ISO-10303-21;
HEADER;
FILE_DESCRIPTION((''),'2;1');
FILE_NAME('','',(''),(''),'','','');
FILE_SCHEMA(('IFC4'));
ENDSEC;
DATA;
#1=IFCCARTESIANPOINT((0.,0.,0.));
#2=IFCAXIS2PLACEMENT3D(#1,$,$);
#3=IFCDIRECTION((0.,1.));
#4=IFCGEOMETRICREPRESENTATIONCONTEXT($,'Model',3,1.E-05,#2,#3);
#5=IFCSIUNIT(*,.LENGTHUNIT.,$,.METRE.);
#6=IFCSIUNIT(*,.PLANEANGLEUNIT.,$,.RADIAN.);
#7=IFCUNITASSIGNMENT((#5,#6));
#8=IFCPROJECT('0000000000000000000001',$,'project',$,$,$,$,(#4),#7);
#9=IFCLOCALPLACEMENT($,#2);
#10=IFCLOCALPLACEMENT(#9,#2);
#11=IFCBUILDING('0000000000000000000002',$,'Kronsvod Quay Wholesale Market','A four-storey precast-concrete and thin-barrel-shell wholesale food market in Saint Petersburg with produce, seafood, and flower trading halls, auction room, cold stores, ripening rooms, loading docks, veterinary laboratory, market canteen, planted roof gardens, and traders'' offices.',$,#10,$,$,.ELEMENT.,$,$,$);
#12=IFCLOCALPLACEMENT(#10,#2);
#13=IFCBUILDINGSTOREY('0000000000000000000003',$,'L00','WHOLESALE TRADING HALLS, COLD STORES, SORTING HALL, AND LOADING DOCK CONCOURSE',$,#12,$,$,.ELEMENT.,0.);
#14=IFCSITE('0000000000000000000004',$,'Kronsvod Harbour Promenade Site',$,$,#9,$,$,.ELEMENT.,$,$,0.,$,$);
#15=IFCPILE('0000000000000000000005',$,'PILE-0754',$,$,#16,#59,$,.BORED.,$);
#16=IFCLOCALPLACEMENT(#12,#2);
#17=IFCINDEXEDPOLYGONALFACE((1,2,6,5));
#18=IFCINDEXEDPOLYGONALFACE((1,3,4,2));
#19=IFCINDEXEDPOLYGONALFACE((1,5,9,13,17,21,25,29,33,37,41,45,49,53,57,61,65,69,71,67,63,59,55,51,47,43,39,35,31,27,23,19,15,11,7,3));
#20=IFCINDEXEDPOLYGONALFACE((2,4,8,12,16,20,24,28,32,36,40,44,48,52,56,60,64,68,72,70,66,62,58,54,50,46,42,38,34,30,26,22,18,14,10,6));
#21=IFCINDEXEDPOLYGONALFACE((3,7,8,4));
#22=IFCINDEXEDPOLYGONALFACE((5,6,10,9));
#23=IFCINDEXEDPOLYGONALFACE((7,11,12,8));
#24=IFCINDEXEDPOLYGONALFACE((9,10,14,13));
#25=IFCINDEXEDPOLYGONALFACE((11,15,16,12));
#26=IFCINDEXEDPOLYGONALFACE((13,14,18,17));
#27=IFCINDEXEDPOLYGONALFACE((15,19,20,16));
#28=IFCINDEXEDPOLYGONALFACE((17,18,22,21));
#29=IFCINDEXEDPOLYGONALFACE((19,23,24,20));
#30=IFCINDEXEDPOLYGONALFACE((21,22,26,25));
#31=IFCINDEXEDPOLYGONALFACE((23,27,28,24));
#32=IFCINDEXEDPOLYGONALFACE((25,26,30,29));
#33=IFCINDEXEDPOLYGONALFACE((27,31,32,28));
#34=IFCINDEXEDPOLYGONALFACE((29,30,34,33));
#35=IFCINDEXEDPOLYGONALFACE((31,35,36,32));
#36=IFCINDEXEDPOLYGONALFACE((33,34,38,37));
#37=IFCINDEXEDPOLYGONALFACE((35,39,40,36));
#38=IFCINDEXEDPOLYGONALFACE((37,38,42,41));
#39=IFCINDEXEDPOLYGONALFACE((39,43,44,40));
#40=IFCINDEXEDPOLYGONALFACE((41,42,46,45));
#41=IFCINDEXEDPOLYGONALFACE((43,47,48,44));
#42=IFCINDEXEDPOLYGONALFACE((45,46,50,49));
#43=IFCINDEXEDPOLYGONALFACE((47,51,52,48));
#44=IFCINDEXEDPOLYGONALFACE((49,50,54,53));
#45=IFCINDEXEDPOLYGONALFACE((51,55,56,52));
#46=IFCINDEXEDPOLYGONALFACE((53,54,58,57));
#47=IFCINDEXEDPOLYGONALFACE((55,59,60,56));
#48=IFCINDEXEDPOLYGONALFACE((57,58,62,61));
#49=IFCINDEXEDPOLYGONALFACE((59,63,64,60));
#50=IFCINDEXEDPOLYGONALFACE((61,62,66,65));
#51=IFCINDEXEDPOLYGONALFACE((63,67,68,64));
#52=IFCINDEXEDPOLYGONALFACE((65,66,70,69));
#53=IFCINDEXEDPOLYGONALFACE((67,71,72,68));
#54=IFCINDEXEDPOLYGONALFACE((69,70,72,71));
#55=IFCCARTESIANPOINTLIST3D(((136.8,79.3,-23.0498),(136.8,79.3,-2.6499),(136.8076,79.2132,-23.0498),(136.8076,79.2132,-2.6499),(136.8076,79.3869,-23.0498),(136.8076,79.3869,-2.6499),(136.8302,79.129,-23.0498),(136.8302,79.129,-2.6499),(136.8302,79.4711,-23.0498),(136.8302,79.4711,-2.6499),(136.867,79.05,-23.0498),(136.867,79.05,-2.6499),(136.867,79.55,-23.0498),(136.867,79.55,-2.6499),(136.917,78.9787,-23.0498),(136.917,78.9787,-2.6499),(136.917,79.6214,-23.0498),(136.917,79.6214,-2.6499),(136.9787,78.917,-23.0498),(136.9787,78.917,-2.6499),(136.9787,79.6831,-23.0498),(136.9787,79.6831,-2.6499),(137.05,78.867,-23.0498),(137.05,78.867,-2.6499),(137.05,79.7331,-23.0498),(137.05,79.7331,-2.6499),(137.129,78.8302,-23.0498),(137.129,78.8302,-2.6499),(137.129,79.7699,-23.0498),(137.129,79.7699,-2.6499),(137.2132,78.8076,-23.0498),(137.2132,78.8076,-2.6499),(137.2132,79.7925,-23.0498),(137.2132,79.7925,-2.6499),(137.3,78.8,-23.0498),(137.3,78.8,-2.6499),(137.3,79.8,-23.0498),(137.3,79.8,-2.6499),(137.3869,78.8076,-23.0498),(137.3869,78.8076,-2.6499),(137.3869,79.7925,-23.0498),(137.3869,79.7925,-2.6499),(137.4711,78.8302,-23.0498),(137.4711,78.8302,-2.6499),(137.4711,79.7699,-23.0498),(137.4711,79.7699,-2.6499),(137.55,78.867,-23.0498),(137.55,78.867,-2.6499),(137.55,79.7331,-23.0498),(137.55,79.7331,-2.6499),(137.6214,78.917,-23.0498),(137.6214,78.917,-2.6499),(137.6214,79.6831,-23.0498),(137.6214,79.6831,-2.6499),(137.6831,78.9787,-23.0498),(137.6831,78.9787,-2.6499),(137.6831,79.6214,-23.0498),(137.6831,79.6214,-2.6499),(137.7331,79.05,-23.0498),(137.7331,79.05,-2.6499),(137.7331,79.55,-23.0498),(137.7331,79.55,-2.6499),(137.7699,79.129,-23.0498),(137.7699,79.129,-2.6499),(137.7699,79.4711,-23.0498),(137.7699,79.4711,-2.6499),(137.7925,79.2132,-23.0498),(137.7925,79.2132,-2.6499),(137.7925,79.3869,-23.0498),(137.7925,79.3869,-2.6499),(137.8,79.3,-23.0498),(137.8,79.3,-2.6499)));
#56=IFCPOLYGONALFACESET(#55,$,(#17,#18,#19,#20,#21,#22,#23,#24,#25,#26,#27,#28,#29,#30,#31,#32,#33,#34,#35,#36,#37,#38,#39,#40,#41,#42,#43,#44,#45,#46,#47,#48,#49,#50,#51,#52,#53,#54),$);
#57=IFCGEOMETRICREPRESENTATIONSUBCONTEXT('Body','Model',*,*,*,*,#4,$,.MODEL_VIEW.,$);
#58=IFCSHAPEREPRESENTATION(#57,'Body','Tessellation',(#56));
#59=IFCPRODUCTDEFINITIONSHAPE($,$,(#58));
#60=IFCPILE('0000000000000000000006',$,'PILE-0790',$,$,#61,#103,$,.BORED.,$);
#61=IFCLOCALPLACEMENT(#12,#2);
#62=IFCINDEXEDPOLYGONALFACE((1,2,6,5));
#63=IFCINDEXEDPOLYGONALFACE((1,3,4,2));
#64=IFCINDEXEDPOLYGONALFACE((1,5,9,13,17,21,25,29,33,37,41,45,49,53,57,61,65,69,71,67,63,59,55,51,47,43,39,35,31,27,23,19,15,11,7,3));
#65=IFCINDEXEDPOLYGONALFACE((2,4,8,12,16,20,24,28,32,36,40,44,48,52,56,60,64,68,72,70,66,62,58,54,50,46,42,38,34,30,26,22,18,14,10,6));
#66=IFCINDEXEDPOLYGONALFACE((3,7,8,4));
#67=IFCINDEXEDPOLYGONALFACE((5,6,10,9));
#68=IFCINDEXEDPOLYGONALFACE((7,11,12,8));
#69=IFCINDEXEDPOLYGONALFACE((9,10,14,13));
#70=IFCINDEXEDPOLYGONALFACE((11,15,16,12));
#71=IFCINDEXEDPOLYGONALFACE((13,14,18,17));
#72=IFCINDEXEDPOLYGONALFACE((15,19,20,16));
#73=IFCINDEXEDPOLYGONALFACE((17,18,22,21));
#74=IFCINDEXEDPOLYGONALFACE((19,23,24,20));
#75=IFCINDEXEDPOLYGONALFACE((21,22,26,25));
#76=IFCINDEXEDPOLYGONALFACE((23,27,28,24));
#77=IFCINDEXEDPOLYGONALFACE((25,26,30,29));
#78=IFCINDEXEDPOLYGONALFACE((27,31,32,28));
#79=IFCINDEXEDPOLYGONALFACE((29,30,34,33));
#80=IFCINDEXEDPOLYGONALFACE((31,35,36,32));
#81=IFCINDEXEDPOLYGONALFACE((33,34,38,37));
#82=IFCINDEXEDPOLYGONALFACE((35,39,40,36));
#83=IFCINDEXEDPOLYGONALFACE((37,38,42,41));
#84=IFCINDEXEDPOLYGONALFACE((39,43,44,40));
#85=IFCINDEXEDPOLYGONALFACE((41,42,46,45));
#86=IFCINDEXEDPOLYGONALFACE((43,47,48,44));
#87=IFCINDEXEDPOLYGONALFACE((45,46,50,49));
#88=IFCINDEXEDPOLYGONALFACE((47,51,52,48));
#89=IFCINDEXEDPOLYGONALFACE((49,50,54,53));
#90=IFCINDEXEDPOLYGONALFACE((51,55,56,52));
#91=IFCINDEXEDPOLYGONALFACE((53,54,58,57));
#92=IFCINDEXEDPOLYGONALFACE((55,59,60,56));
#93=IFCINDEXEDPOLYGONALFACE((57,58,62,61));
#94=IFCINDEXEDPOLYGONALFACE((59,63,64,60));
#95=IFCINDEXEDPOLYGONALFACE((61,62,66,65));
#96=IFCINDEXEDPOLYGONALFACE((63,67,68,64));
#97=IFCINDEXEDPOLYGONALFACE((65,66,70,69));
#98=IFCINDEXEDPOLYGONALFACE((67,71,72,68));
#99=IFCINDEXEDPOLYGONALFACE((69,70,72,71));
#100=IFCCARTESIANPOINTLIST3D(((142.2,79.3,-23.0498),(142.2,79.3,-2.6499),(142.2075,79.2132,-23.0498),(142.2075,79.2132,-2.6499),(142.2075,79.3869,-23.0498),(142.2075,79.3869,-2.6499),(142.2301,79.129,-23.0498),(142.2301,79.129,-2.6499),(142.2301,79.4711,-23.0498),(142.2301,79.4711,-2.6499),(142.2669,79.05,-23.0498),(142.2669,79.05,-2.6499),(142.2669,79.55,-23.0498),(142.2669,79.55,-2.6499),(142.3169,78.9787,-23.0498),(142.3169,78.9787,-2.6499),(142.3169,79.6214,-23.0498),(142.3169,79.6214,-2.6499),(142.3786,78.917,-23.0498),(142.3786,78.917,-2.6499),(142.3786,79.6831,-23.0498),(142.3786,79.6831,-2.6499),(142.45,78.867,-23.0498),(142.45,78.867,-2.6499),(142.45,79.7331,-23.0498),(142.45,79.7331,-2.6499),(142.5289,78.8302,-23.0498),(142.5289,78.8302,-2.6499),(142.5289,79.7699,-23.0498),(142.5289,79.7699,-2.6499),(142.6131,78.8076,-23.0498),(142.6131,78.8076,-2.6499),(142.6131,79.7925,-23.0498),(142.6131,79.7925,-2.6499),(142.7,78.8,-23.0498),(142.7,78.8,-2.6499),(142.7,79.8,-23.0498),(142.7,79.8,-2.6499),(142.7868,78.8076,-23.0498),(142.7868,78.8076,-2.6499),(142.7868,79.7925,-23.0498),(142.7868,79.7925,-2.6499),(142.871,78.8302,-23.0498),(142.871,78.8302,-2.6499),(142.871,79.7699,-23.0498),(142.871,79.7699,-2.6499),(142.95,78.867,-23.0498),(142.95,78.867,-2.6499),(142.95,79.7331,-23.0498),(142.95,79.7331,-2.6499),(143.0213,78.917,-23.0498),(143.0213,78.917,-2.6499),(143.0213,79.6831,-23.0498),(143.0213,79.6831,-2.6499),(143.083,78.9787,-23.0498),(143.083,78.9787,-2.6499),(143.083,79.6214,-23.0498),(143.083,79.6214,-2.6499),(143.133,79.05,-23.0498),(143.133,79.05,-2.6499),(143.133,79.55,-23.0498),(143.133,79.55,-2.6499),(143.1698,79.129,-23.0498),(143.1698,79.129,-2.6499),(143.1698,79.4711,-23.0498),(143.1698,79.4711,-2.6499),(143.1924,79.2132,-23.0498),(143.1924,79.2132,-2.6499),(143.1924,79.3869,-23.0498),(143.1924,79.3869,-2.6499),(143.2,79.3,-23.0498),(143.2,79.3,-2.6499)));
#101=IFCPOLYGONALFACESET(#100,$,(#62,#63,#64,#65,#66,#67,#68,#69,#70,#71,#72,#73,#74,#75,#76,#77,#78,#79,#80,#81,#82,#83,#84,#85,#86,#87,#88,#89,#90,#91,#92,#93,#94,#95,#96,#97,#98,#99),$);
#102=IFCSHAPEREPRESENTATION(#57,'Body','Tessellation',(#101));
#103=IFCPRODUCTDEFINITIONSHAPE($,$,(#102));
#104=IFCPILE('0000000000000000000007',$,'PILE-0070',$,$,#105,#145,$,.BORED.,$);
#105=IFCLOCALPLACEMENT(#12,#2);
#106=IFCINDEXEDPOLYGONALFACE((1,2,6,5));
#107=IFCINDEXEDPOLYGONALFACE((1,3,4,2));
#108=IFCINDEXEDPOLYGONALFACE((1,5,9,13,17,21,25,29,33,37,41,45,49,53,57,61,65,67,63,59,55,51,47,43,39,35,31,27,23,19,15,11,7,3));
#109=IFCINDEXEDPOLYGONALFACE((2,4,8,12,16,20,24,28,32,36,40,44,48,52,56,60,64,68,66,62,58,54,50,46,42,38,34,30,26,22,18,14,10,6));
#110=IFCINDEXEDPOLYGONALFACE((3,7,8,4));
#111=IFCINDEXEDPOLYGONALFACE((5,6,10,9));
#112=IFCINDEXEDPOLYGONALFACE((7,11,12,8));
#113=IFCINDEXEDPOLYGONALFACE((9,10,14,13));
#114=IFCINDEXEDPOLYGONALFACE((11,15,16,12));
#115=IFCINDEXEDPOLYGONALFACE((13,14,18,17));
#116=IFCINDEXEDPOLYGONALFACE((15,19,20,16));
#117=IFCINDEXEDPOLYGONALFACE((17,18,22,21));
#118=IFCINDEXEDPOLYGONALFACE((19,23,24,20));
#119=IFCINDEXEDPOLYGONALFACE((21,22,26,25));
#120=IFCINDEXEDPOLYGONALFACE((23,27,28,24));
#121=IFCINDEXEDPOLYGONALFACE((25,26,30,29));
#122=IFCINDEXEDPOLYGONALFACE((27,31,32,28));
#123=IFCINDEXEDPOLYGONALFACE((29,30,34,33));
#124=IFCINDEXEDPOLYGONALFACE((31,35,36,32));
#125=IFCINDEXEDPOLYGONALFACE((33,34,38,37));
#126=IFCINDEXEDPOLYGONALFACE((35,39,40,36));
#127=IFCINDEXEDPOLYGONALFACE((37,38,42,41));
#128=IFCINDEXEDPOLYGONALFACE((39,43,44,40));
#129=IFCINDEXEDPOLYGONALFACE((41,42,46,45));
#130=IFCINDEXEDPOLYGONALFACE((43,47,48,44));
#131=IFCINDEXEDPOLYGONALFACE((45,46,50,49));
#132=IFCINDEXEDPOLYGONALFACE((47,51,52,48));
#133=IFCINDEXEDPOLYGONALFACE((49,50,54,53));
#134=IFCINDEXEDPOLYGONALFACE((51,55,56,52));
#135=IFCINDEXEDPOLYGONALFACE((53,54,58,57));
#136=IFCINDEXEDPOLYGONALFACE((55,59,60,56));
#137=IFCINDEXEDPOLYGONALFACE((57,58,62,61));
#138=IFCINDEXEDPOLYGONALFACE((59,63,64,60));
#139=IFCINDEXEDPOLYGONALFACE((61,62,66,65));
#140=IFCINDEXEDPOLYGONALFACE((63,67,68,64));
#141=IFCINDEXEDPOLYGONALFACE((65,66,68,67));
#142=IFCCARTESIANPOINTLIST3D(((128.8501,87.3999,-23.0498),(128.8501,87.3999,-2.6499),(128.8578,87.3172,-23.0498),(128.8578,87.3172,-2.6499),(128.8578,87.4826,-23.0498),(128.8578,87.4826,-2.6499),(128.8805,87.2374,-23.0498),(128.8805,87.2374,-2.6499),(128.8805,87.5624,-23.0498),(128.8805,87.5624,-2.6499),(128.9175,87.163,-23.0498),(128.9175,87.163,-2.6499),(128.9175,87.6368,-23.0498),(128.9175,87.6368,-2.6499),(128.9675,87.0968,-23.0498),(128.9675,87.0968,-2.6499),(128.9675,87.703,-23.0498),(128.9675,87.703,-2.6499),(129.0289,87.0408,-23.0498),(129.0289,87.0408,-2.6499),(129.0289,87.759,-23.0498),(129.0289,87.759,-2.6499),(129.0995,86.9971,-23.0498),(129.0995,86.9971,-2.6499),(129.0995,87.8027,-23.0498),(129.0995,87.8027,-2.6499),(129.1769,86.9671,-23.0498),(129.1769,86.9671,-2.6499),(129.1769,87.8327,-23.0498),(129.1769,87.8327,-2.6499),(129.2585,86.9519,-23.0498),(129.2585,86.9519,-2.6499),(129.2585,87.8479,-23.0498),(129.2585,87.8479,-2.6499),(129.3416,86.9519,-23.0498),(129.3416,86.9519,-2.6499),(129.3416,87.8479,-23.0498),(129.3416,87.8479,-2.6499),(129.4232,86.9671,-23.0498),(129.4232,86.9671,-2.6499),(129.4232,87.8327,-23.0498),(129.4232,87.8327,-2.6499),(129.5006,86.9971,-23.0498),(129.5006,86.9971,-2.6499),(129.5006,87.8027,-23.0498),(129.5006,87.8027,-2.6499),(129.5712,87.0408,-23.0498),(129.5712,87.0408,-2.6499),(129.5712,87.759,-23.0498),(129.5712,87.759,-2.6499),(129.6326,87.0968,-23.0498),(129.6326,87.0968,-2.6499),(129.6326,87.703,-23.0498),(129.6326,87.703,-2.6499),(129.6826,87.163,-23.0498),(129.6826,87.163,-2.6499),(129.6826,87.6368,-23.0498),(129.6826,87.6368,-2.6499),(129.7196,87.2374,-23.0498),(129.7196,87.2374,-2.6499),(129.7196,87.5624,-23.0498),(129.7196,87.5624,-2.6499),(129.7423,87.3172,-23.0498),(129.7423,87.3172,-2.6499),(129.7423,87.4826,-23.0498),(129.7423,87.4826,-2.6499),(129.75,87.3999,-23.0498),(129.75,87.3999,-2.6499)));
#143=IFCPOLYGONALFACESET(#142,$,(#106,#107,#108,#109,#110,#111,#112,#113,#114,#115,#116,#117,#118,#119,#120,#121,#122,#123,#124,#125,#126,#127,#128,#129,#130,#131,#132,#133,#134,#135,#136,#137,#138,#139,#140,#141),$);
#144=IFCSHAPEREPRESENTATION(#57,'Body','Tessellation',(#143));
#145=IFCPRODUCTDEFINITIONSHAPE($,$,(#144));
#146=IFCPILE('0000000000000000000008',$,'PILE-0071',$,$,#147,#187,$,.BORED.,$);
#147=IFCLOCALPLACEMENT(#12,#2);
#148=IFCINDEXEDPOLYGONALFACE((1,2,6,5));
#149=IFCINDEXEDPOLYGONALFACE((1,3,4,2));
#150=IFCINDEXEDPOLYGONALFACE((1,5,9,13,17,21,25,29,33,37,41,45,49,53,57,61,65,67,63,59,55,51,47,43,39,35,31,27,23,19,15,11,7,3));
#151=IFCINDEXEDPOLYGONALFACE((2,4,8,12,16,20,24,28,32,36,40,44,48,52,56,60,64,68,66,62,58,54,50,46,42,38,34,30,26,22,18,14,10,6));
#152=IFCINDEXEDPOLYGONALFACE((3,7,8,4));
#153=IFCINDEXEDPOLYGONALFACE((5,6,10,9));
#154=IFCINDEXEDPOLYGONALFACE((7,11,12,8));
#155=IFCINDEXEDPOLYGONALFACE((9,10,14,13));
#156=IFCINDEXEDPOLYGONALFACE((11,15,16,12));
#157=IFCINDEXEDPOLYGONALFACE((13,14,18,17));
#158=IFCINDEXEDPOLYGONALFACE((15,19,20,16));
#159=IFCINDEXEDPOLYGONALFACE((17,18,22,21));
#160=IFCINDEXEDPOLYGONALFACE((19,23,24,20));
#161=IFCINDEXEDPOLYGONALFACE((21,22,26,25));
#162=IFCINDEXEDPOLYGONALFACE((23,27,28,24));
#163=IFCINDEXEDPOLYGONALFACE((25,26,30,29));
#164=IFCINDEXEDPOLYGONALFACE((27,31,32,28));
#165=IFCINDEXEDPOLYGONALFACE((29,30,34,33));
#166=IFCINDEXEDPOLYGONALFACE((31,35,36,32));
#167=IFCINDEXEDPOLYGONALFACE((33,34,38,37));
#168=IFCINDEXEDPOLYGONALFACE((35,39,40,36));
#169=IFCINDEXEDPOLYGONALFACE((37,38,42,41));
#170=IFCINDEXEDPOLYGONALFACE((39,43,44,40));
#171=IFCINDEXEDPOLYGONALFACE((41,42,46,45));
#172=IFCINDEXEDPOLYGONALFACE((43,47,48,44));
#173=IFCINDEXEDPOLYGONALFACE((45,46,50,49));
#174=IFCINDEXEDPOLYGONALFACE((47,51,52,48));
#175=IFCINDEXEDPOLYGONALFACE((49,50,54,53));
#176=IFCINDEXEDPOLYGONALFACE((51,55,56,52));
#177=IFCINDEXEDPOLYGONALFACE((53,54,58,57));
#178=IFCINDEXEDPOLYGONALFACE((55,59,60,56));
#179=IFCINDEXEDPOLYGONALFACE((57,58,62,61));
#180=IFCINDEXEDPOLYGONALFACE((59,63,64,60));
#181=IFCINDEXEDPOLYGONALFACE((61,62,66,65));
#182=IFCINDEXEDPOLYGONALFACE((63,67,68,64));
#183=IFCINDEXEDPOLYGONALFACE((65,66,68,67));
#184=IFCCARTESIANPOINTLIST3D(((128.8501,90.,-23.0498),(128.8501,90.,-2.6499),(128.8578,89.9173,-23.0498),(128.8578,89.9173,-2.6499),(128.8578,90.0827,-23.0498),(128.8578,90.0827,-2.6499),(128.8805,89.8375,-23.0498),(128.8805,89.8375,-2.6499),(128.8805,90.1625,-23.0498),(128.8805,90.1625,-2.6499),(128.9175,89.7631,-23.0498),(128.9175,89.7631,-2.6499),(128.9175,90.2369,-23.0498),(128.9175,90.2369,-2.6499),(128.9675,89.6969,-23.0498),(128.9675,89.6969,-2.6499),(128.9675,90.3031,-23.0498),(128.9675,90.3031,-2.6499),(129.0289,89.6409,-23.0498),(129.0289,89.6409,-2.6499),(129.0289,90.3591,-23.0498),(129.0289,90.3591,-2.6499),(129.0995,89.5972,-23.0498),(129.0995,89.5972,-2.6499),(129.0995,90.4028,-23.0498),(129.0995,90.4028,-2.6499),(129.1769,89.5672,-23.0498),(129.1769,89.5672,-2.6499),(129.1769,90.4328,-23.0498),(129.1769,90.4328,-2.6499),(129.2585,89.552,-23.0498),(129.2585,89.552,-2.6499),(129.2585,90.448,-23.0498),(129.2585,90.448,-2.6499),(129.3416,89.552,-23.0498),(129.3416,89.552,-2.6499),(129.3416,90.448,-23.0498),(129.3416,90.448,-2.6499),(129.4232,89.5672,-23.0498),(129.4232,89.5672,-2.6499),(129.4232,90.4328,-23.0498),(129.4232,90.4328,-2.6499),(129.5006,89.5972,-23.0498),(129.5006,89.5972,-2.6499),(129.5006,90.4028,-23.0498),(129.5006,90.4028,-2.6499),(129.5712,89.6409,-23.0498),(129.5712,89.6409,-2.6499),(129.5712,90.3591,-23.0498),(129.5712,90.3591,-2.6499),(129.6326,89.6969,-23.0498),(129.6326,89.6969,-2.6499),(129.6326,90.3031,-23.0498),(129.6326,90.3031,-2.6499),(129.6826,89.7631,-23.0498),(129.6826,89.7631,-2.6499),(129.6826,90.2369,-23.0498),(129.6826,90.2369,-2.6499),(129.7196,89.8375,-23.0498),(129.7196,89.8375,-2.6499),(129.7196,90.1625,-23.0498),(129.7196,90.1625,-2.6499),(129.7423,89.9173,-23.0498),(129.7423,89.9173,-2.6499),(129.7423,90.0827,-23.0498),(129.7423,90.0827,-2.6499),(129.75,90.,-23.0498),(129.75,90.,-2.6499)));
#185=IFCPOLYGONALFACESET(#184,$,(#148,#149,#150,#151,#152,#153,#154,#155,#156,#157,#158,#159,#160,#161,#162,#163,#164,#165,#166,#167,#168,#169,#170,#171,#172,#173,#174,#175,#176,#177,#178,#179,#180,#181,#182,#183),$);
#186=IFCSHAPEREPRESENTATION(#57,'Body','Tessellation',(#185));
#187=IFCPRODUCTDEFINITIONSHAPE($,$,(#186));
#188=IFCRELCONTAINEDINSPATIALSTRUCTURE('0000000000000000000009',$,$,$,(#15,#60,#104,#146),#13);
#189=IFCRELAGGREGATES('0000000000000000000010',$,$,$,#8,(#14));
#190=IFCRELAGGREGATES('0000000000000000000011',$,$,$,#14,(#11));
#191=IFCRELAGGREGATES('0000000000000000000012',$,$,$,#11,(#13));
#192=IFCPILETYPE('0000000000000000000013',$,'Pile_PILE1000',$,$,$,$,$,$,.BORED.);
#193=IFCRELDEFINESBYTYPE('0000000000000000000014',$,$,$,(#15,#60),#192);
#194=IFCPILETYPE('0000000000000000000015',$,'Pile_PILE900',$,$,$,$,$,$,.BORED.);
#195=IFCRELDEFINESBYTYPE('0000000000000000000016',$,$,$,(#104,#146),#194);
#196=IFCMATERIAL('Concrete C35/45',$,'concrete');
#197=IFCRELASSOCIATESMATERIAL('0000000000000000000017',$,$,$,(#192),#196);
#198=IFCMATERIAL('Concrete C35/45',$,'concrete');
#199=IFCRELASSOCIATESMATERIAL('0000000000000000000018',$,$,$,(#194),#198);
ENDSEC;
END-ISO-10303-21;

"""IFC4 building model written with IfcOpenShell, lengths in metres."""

from ifc_helpers import new_model, si_unit, direction, frame, origin, origin_2d, place, context, subcontext, project, spatial, circle, extrude, material, material_profile, profile_set, type_object, element, save


model = new_model("IFC4")

# Units and contexts
model_context = context("Model", 3, precision=1e-05, world=origin(), true_north=direction((0.0, 1.0)))
body_context = subcontext(model_context, "Body", "Model", "MODEL_VIEW")
ifc_project = project(units=[si_unit("LENGTHUNIT", "METRE"), si_unit("PLANEANGLEUNIT", "RADIAN")], contexts=[model_context])

# Site, building, storey
site_placement = place(None, origin())
site = spatial("IfcSite", under=ifc_project, at=site_placement, Name="Kronsvod Harbour Promenade Site", CompositionType="ELEMENT", RefElevation=0.0)
building_placement = place(site_placement, origin())
building = spatial("IfcBuilding", under=site, at=building_placement, Name="Kronsvod Quay Wholesale Market", Description="A four-storey precast-concrete and thin-barrel-shell wholesale food market in Saint Petersburg with produce, seafood, and flower trading halls, auction room, cold stores, ripening rooms, loading docks, veterinary laboratory, market canteen, planted roof gardens, and traders' offices.", CompositionType="ELEMENT")
storey_placement = place(building_placement, origin())
storey = spatial("IfcBuildingStorey", under=building, at=storey_placement, Name="L00", Description="WHOLESALE TRADING HALLS, COLD STORES, SORTING HALL, AND LOADING DOCK CONCOURSE", CompositionType="ELEMENT", Elevation=0.0)

# Piles
ifc_material_1 = material(Name="Concrete C35/45", Category="concrete")
ifc_material_profile_1 = material_profile(ifc_material_1, circle(Radius=0.5, at=origin_2d()), Name="PILE1000")
ifc_profile_set_1 = profile_set([ifc_material_profile_1], Name="Concrete C35/45")
pile_type_1 = type_object("IfcPileType", Name="Pile_PILE1000", PredefinedType="BORED", material=ifc_profile_set_1)
for number, where, z_axis, x_axis, name in (
    (1, (137.3, 79.3, -2.6499), (0.0, 0.0, -1.0), (1.0, 0.0, 0.0), "PILE-0754"),
    (2, (142.7, 79.3, -2.6499), (0.0, 0.0, -1.0), (1.0, 0.0, 0.0), "PILE-0790"),
):
    element("IfcPile", number, at=place(storey_placement, frame(where, z_axis=z_axis, x_axis=x_axis)), inside=storey, type_object=pile_type_1, Name=name, PredefinedType="BORED", context=body_context, shape_type="SweptSolid", body=[
        extrude(circle(Radius=0.5, at=origin_2d()), origin(), (0.0, 0.0, 1.0), 20.3999),
    ])
ifc_material_2 = material(Name="Concrete C35/45", Category="concrete")
ifc_material_profile_2 = material_profile(ifc_material_2, circle(Radius=0.45, at=origin_2d()), Name="PILE900")
ifc_profile_set_2 = profile_set([ifc_material_profile_2], Name="Concrete C35/45")
pile_type_2 = type_object("IfcPileType", Name="Pile_PILE900", PredefinedType="BORED", material=ifc_profile_set_2)
for number, where, z_axis, x_axis, name in (
    (3, (129.3, 87.3999, -2.6499), (0.0, 0.0, -1.0), (1.0, 0.0, 0.0), "PILE-0070"),
    (4, (129.3, 90.0, -2.6499), (0.0, 0.0, -1.0), (1.0, 0.0, 0.0), "PILE-0071"),
):
    element("IfcPile", number, at=place(storey_placement, frame(where, z_axis=z_axis, x_axis=x_axis)), inside=storey, type_object=pile_type_2, Name=name, PredefinedType="BORED", context=body_context, shape_type="SweptSolid", body=[
        extrude(circle(Radius=0.45, at=origin_2d()), origin(), (0.0, 0.0, 1.0), 20.3999),
    ])

save(model, "model.ifc")
